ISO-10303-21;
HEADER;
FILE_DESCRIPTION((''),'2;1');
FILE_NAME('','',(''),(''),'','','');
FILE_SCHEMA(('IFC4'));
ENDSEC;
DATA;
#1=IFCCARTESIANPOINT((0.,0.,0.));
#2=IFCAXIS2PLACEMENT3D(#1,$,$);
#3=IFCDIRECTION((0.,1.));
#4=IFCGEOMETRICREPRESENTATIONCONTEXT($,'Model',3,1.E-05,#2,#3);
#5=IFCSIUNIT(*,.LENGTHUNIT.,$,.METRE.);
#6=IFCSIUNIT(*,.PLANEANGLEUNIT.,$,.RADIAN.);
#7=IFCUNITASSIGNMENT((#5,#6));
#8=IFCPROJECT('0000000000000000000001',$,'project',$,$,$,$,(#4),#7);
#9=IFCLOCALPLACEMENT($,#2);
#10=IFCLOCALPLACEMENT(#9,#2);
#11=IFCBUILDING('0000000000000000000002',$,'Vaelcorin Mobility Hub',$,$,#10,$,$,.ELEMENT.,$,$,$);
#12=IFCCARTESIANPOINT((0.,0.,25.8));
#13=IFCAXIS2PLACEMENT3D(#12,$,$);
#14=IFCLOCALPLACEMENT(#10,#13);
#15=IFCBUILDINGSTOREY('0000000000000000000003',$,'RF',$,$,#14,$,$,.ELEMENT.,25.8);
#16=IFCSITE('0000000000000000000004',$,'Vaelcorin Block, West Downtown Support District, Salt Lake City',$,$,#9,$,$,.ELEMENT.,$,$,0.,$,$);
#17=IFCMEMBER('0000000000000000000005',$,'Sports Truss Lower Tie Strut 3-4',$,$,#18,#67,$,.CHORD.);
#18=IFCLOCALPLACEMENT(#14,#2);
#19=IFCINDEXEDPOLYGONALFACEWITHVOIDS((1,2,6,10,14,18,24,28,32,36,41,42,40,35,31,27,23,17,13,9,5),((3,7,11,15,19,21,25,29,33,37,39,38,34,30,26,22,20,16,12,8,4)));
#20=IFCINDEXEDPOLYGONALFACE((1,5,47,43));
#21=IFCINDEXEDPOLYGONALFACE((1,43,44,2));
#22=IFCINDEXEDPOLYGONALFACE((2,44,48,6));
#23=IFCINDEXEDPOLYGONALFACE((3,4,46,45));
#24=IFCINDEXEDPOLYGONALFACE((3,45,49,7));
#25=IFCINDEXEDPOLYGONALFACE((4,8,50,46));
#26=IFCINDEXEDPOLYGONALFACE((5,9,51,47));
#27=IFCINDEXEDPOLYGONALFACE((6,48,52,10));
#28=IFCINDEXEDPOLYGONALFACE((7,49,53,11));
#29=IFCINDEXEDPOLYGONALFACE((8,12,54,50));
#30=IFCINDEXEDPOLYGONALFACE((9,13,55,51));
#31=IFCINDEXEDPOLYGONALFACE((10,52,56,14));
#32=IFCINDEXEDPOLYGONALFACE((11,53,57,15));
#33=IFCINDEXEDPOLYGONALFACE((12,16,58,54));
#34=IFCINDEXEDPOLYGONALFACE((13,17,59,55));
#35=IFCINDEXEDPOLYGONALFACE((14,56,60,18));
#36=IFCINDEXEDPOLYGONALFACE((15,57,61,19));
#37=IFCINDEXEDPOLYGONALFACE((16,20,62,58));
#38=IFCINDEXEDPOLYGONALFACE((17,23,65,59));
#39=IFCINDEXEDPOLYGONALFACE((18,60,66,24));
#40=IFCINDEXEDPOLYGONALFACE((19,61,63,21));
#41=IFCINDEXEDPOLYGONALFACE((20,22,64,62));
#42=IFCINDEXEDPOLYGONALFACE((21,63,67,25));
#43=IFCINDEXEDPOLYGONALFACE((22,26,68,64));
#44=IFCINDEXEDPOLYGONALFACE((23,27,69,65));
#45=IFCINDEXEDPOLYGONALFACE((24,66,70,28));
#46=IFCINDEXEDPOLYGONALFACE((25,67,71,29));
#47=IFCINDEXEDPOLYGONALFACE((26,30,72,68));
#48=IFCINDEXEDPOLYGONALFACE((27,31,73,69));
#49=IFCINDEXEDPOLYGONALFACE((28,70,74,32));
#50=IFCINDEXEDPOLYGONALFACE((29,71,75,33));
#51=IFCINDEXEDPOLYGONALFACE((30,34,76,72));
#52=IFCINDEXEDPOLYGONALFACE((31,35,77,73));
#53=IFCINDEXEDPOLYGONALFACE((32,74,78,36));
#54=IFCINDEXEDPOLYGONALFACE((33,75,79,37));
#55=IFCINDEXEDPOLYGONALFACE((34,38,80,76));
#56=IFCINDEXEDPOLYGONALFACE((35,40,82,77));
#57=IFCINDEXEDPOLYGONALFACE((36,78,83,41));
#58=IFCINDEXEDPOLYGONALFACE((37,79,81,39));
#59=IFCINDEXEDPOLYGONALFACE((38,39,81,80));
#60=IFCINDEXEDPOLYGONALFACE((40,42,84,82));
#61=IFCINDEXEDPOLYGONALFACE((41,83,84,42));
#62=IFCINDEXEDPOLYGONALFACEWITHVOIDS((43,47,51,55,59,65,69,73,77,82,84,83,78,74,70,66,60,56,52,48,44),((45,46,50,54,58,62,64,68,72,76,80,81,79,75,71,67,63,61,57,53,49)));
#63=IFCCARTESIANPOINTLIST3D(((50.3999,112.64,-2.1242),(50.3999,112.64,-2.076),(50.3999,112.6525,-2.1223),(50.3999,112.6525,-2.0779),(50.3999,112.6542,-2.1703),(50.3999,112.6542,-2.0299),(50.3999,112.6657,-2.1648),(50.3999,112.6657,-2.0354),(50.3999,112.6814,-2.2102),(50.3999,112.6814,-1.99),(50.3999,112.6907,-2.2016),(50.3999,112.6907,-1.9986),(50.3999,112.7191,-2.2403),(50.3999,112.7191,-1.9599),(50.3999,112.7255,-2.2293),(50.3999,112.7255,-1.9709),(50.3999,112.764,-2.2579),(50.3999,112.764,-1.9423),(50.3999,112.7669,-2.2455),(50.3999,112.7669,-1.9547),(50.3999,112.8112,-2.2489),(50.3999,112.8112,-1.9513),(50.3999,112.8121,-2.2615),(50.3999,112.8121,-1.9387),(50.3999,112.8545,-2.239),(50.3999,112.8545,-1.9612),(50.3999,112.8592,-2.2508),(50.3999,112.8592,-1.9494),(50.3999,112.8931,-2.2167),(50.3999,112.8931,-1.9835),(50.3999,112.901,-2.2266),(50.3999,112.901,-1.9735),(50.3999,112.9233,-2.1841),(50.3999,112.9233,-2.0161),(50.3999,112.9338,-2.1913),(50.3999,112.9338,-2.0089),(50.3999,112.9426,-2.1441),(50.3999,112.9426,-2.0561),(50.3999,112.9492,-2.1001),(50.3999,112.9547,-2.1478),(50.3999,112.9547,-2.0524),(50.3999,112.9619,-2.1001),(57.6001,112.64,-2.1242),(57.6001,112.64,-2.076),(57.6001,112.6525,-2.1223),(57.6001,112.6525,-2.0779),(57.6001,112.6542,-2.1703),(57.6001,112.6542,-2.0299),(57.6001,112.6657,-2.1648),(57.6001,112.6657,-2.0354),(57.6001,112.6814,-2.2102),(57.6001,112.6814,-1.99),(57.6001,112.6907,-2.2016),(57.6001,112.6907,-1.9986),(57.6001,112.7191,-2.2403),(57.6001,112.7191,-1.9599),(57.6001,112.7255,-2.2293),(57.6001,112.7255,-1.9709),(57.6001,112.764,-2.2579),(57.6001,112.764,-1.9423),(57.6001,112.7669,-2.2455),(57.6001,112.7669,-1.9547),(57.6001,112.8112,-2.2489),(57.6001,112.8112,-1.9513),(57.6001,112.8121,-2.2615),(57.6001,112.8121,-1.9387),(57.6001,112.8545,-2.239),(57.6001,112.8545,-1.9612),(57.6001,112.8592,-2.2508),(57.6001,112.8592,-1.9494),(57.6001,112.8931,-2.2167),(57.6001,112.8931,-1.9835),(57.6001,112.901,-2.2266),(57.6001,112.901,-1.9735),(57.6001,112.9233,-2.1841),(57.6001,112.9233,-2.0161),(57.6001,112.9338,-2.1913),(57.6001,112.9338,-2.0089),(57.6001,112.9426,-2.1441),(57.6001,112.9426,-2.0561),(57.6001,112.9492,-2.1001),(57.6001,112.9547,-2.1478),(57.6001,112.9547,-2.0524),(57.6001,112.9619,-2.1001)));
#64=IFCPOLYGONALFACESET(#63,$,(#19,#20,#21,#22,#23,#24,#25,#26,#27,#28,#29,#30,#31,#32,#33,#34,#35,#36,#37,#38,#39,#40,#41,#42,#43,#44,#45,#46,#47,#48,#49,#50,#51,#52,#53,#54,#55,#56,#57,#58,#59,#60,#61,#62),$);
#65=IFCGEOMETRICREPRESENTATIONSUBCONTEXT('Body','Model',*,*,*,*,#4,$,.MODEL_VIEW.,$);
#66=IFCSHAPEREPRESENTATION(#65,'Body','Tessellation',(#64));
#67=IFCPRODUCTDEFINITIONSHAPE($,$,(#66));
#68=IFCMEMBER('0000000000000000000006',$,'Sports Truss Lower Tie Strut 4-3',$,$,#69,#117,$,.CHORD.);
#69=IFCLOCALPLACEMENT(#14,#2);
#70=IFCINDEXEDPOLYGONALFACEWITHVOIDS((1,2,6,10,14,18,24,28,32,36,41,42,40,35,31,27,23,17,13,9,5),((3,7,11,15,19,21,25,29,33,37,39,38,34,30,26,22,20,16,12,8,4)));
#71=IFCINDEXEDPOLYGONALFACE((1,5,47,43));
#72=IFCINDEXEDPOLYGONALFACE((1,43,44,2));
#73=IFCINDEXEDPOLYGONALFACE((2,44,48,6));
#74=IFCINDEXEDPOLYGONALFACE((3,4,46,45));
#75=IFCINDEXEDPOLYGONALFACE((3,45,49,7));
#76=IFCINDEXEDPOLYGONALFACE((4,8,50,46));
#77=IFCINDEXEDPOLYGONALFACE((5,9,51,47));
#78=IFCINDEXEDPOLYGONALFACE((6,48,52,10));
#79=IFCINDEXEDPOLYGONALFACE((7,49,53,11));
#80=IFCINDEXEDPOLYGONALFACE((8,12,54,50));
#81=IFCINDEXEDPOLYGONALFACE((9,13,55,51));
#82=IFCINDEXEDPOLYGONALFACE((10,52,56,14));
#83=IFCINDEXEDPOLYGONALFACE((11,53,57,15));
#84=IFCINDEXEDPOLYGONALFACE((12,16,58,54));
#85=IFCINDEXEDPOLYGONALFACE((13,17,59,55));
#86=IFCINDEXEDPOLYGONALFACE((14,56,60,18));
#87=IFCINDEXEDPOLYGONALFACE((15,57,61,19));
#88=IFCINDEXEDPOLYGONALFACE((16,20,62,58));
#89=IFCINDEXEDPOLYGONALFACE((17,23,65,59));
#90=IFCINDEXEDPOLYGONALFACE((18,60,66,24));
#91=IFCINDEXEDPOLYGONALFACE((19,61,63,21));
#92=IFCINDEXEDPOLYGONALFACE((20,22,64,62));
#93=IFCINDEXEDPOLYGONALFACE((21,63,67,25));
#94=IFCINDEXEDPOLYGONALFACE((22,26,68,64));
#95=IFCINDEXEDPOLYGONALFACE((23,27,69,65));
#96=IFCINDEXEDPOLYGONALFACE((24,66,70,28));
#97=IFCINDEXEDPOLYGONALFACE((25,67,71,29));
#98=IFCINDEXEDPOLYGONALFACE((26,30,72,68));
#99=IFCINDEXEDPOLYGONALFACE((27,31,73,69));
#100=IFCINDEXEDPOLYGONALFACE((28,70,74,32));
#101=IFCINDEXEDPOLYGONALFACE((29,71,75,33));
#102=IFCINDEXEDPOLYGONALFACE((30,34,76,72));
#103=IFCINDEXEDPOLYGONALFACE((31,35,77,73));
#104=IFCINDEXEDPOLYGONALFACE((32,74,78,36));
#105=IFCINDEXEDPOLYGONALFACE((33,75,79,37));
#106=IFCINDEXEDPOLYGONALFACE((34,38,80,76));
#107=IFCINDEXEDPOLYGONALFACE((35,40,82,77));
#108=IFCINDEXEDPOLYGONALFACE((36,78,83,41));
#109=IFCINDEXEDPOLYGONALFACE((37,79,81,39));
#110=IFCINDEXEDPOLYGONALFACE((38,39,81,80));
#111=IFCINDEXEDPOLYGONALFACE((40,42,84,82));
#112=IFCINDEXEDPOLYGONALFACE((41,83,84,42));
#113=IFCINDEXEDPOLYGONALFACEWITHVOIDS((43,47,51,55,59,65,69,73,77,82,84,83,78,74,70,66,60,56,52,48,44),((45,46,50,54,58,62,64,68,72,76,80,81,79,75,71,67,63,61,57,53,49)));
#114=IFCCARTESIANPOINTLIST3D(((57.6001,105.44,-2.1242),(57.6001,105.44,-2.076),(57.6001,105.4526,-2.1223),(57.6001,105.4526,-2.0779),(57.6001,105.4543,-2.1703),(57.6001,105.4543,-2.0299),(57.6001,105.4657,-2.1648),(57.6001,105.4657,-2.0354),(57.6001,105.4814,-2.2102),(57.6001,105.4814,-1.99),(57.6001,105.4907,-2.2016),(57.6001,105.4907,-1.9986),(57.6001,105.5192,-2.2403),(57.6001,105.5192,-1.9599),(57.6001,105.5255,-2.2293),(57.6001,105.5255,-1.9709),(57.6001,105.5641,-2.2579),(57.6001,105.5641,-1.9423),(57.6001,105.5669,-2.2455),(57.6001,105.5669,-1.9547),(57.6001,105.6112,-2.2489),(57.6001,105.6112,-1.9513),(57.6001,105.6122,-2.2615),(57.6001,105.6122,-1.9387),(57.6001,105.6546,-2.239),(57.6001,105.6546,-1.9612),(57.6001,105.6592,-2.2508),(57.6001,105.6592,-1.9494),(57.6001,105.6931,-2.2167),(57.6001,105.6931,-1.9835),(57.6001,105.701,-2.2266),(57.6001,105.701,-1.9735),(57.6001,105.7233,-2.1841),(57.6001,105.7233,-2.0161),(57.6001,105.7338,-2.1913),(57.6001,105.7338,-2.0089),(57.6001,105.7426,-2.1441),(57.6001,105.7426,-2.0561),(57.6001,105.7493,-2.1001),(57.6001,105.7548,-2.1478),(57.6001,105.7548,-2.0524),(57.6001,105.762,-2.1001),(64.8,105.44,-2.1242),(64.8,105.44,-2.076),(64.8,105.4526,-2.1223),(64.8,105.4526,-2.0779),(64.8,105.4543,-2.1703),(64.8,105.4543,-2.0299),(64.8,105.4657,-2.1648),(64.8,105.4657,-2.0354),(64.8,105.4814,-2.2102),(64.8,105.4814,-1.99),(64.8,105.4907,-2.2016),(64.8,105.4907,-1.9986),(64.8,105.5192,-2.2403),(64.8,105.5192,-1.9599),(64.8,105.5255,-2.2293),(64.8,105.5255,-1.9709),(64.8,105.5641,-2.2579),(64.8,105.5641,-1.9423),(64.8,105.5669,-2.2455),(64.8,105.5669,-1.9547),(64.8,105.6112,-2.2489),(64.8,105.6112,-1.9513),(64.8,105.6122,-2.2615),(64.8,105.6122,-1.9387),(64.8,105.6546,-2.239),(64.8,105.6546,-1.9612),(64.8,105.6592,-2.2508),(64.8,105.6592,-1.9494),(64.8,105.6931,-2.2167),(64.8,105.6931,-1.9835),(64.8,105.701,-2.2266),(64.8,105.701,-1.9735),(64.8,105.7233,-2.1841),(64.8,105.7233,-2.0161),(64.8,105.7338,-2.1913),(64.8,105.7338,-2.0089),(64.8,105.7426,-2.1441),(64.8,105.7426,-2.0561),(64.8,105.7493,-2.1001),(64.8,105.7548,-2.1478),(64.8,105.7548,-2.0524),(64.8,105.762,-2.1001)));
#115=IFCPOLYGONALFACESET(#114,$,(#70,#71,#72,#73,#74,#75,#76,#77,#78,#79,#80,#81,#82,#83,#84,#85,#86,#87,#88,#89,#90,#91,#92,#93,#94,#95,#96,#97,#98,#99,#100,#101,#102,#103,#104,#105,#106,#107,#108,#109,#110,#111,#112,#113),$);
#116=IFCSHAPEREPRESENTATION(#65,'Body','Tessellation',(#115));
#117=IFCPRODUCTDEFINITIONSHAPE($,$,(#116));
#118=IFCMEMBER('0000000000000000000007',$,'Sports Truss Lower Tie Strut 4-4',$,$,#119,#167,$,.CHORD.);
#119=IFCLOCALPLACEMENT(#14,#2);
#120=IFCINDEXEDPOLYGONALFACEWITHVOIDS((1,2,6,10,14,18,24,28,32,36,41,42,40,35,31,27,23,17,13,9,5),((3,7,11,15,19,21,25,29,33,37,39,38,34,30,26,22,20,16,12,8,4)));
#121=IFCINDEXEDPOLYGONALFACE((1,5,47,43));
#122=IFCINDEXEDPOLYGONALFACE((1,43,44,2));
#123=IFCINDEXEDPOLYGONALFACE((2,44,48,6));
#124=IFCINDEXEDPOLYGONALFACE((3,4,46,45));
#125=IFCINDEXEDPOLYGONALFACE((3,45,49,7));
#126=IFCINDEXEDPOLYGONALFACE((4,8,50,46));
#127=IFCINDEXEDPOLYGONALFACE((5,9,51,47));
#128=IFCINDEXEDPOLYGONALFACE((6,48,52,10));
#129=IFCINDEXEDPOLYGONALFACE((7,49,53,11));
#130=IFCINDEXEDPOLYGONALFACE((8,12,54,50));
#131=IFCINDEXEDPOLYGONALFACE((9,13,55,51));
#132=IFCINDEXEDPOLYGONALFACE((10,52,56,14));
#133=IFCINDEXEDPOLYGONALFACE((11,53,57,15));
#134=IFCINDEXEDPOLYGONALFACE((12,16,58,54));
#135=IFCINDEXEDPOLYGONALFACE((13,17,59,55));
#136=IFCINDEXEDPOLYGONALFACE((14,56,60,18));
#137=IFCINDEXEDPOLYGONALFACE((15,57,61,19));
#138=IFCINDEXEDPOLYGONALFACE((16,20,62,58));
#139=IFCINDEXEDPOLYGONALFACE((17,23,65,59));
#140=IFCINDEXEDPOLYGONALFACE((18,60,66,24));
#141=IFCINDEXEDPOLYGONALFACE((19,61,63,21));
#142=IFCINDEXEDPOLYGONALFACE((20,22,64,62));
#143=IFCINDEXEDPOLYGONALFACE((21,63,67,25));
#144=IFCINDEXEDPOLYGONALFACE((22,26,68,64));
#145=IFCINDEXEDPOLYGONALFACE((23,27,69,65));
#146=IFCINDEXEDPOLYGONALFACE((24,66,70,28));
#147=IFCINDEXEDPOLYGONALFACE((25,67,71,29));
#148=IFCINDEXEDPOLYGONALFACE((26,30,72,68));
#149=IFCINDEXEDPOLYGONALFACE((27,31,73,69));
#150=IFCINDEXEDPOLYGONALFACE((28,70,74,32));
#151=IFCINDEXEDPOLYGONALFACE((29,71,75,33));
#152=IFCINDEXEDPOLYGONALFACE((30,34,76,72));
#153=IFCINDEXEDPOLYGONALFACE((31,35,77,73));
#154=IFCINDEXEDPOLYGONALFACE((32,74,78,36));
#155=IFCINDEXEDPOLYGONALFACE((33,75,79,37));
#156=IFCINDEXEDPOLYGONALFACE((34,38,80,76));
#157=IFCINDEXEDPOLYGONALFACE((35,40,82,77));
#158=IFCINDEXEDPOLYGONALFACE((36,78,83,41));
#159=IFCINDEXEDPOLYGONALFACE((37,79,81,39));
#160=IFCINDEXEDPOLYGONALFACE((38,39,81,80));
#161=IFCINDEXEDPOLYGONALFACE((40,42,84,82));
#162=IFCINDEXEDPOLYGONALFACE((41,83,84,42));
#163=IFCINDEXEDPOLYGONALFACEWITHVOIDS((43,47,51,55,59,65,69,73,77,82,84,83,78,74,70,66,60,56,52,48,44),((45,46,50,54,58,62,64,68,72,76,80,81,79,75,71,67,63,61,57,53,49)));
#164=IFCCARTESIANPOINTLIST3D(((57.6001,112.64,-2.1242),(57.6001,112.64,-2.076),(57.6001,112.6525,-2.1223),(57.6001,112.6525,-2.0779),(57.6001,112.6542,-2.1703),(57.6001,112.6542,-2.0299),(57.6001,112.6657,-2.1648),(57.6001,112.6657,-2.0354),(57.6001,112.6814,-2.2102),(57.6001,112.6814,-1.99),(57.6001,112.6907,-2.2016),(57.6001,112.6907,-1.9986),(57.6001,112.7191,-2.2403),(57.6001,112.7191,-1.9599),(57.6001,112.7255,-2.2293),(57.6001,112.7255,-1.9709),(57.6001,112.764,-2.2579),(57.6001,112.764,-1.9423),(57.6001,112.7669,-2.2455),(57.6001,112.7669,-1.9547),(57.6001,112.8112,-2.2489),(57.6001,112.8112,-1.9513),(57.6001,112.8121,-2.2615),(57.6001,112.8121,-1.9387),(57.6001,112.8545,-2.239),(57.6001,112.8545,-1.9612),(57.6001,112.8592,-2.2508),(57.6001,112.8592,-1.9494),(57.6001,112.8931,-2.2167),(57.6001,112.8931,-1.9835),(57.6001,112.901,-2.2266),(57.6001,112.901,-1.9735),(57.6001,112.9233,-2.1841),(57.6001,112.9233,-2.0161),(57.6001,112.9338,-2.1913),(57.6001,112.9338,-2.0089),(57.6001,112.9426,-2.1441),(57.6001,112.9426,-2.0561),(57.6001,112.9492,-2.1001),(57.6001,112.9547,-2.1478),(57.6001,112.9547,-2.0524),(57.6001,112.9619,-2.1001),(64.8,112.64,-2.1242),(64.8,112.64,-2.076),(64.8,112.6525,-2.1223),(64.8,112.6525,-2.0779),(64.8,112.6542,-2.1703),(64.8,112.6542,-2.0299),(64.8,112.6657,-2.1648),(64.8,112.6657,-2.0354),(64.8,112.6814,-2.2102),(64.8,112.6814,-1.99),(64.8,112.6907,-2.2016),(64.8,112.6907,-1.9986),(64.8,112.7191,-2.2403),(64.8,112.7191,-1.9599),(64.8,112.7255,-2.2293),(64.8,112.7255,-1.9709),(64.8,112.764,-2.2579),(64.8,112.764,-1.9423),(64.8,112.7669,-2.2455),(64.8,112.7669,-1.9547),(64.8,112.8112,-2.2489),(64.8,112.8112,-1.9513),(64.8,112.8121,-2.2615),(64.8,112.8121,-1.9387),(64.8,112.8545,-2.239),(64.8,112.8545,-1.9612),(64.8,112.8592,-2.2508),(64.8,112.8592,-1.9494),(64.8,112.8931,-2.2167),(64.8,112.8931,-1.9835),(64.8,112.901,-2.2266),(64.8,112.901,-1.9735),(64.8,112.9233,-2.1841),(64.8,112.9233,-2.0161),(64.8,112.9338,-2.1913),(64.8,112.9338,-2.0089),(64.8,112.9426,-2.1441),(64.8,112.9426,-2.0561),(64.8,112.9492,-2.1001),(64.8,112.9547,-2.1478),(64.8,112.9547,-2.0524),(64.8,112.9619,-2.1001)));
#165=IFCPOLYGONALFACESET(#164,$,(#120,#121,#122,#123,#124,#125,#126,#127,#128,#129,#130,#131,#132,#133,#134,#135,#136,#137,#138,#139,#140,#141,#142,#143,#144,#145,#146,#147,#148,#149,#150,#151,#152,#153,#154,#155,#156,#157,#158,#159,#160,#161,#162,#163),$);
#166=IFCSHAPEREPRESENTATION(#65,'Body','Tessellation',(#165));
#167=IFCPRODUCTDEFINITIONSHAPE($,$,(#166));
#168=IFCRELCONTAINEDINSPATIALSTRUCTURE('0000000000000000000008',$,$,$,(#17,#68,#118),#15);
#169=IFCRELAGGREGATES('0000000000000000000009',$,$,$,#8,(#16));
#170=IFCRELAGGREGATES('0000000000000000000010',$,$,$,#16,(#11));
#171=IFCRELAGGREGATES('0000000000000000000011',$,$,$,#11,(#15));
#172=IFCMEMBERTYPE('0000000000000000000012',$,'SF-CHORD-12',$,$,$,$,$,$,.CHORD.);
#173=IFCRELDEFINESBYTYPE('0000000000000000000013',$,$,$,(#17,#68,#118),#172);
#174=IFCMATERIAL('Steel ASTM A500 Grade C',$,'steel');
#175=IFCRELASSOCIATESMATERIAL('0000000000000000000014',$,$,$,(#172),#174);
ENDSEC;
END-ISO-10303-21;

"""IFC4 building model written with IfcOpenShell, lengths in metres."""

from ifc_helpers import new_model, si_unit, direction, frame, origin, origin_2d, place, context, subcontext, project, spatial, hollow_circle, extrude, material, material_profile, profile_set, type_object, element, save


model = new_model("IFC4")

# Units and contexts
model_context = context("Model", 3, precision=1e-05, world=origin(), true_north=direction((0.0, 1.0)))
body_context = subcontext(model_context, "Body", "Model", "MODEL_VIEW")
ifc_project = project(units=[si_unit("LENGTHUNIT", "METRE"), si_unit("PLANEANGLEUNIT", "RADIAN")], contexts=[model_context])

# Site, building, storey
site_placement = place(None, origin())
site = spatial("IfcSite", under=ifc_project, at=site_placement, Name="Vaelcorin Block, West Downtown Support District, Salt Lake City", CompositionType="ELEMENT", RefElevation=0.0)
building_placement = place(site_placement, origin())
building = spatial("IfcBuilding", under=site, at=building_placement, Name="Vaelcorin Mobility Hub", CompositionType="ELEMENT")
storey_placement = place(building_placement, frame((0.0, 0.0, 25.8)))
storey = spatial("IfcBuildingStorey", under=building, at=storey_placement, Name="RF", CompositionType="ELEMENT", Elevation=25.8)

# Members
ifc_material_1 = material(Name="Steel ASTM A500 Grade C", Category="steel")
ifc_material_profile_1 = material_profile(ifc_material_1, hollow_circle(Radius=0.1619, WallThickness=0.0127, at=origin_2d()), Name="HSS12.750X0.500")
ifc_profile_set_1 = profile_set([ifc_material_profile_1], Name="Steel ASTM A500 Grade C")
member_type_1 = type_object("IfcMemberType", Name="SF-CHORD-12", PredefinedType="CHORD", material=ifc_profile_set_1)
member_1_placement = place(storey_placement, frame((50.3999, 112.8, -2.1001), z_axis=(1.0, 0.0, 0.0), x_axis=(0.0, 1.0, 0.0)))
element("IfcMember", 1, at=member_1_placement, inside=storey, type_object=member_type_1, Name="Sports Truss Lower Tie Strut 3-4", PredefinedType="CHORD", context=body_context, shape_type="SweptSolid", body=[
    extrude(hollow_circle(Radius=0.1619, WallThickness=0.0127, at=origin_2d()), origin(), (0.0, 0.0, 1.0), 7.2002),
])
for number, where, z_axis, x_axis, name in (
    (2, (57.6001, 105.6001, -2.1001), (1.0, 0.0, 0.0), (0.0, 1.0, 0.0), "Sports Truss Lower Tie Strut 4-3"),
    (3, (57.6001, 112.8, -2.1001), (1.0, 0.0, 0.0), (0.0, 1.0, 0.0), "Sports Truss Lower Tie Strut 4-4"),
):
    element("IfcMember", number, at=place(storey_placement, frame(where, z_axis=z_axis, x_axis=x_axis)), inside=storey, type_object=member_type_1, Name=name, PredefinedType="CHORD", context=body_context, shape_type="SweptSolid", body=[
        extrude(hollow_circle(Radius=0.1619, WallThickness=0.0127, at=origin_2d()), origin(), (0.0, 0.0, 1.0), 7.2),
    ])

save(model, "model.ifc")
